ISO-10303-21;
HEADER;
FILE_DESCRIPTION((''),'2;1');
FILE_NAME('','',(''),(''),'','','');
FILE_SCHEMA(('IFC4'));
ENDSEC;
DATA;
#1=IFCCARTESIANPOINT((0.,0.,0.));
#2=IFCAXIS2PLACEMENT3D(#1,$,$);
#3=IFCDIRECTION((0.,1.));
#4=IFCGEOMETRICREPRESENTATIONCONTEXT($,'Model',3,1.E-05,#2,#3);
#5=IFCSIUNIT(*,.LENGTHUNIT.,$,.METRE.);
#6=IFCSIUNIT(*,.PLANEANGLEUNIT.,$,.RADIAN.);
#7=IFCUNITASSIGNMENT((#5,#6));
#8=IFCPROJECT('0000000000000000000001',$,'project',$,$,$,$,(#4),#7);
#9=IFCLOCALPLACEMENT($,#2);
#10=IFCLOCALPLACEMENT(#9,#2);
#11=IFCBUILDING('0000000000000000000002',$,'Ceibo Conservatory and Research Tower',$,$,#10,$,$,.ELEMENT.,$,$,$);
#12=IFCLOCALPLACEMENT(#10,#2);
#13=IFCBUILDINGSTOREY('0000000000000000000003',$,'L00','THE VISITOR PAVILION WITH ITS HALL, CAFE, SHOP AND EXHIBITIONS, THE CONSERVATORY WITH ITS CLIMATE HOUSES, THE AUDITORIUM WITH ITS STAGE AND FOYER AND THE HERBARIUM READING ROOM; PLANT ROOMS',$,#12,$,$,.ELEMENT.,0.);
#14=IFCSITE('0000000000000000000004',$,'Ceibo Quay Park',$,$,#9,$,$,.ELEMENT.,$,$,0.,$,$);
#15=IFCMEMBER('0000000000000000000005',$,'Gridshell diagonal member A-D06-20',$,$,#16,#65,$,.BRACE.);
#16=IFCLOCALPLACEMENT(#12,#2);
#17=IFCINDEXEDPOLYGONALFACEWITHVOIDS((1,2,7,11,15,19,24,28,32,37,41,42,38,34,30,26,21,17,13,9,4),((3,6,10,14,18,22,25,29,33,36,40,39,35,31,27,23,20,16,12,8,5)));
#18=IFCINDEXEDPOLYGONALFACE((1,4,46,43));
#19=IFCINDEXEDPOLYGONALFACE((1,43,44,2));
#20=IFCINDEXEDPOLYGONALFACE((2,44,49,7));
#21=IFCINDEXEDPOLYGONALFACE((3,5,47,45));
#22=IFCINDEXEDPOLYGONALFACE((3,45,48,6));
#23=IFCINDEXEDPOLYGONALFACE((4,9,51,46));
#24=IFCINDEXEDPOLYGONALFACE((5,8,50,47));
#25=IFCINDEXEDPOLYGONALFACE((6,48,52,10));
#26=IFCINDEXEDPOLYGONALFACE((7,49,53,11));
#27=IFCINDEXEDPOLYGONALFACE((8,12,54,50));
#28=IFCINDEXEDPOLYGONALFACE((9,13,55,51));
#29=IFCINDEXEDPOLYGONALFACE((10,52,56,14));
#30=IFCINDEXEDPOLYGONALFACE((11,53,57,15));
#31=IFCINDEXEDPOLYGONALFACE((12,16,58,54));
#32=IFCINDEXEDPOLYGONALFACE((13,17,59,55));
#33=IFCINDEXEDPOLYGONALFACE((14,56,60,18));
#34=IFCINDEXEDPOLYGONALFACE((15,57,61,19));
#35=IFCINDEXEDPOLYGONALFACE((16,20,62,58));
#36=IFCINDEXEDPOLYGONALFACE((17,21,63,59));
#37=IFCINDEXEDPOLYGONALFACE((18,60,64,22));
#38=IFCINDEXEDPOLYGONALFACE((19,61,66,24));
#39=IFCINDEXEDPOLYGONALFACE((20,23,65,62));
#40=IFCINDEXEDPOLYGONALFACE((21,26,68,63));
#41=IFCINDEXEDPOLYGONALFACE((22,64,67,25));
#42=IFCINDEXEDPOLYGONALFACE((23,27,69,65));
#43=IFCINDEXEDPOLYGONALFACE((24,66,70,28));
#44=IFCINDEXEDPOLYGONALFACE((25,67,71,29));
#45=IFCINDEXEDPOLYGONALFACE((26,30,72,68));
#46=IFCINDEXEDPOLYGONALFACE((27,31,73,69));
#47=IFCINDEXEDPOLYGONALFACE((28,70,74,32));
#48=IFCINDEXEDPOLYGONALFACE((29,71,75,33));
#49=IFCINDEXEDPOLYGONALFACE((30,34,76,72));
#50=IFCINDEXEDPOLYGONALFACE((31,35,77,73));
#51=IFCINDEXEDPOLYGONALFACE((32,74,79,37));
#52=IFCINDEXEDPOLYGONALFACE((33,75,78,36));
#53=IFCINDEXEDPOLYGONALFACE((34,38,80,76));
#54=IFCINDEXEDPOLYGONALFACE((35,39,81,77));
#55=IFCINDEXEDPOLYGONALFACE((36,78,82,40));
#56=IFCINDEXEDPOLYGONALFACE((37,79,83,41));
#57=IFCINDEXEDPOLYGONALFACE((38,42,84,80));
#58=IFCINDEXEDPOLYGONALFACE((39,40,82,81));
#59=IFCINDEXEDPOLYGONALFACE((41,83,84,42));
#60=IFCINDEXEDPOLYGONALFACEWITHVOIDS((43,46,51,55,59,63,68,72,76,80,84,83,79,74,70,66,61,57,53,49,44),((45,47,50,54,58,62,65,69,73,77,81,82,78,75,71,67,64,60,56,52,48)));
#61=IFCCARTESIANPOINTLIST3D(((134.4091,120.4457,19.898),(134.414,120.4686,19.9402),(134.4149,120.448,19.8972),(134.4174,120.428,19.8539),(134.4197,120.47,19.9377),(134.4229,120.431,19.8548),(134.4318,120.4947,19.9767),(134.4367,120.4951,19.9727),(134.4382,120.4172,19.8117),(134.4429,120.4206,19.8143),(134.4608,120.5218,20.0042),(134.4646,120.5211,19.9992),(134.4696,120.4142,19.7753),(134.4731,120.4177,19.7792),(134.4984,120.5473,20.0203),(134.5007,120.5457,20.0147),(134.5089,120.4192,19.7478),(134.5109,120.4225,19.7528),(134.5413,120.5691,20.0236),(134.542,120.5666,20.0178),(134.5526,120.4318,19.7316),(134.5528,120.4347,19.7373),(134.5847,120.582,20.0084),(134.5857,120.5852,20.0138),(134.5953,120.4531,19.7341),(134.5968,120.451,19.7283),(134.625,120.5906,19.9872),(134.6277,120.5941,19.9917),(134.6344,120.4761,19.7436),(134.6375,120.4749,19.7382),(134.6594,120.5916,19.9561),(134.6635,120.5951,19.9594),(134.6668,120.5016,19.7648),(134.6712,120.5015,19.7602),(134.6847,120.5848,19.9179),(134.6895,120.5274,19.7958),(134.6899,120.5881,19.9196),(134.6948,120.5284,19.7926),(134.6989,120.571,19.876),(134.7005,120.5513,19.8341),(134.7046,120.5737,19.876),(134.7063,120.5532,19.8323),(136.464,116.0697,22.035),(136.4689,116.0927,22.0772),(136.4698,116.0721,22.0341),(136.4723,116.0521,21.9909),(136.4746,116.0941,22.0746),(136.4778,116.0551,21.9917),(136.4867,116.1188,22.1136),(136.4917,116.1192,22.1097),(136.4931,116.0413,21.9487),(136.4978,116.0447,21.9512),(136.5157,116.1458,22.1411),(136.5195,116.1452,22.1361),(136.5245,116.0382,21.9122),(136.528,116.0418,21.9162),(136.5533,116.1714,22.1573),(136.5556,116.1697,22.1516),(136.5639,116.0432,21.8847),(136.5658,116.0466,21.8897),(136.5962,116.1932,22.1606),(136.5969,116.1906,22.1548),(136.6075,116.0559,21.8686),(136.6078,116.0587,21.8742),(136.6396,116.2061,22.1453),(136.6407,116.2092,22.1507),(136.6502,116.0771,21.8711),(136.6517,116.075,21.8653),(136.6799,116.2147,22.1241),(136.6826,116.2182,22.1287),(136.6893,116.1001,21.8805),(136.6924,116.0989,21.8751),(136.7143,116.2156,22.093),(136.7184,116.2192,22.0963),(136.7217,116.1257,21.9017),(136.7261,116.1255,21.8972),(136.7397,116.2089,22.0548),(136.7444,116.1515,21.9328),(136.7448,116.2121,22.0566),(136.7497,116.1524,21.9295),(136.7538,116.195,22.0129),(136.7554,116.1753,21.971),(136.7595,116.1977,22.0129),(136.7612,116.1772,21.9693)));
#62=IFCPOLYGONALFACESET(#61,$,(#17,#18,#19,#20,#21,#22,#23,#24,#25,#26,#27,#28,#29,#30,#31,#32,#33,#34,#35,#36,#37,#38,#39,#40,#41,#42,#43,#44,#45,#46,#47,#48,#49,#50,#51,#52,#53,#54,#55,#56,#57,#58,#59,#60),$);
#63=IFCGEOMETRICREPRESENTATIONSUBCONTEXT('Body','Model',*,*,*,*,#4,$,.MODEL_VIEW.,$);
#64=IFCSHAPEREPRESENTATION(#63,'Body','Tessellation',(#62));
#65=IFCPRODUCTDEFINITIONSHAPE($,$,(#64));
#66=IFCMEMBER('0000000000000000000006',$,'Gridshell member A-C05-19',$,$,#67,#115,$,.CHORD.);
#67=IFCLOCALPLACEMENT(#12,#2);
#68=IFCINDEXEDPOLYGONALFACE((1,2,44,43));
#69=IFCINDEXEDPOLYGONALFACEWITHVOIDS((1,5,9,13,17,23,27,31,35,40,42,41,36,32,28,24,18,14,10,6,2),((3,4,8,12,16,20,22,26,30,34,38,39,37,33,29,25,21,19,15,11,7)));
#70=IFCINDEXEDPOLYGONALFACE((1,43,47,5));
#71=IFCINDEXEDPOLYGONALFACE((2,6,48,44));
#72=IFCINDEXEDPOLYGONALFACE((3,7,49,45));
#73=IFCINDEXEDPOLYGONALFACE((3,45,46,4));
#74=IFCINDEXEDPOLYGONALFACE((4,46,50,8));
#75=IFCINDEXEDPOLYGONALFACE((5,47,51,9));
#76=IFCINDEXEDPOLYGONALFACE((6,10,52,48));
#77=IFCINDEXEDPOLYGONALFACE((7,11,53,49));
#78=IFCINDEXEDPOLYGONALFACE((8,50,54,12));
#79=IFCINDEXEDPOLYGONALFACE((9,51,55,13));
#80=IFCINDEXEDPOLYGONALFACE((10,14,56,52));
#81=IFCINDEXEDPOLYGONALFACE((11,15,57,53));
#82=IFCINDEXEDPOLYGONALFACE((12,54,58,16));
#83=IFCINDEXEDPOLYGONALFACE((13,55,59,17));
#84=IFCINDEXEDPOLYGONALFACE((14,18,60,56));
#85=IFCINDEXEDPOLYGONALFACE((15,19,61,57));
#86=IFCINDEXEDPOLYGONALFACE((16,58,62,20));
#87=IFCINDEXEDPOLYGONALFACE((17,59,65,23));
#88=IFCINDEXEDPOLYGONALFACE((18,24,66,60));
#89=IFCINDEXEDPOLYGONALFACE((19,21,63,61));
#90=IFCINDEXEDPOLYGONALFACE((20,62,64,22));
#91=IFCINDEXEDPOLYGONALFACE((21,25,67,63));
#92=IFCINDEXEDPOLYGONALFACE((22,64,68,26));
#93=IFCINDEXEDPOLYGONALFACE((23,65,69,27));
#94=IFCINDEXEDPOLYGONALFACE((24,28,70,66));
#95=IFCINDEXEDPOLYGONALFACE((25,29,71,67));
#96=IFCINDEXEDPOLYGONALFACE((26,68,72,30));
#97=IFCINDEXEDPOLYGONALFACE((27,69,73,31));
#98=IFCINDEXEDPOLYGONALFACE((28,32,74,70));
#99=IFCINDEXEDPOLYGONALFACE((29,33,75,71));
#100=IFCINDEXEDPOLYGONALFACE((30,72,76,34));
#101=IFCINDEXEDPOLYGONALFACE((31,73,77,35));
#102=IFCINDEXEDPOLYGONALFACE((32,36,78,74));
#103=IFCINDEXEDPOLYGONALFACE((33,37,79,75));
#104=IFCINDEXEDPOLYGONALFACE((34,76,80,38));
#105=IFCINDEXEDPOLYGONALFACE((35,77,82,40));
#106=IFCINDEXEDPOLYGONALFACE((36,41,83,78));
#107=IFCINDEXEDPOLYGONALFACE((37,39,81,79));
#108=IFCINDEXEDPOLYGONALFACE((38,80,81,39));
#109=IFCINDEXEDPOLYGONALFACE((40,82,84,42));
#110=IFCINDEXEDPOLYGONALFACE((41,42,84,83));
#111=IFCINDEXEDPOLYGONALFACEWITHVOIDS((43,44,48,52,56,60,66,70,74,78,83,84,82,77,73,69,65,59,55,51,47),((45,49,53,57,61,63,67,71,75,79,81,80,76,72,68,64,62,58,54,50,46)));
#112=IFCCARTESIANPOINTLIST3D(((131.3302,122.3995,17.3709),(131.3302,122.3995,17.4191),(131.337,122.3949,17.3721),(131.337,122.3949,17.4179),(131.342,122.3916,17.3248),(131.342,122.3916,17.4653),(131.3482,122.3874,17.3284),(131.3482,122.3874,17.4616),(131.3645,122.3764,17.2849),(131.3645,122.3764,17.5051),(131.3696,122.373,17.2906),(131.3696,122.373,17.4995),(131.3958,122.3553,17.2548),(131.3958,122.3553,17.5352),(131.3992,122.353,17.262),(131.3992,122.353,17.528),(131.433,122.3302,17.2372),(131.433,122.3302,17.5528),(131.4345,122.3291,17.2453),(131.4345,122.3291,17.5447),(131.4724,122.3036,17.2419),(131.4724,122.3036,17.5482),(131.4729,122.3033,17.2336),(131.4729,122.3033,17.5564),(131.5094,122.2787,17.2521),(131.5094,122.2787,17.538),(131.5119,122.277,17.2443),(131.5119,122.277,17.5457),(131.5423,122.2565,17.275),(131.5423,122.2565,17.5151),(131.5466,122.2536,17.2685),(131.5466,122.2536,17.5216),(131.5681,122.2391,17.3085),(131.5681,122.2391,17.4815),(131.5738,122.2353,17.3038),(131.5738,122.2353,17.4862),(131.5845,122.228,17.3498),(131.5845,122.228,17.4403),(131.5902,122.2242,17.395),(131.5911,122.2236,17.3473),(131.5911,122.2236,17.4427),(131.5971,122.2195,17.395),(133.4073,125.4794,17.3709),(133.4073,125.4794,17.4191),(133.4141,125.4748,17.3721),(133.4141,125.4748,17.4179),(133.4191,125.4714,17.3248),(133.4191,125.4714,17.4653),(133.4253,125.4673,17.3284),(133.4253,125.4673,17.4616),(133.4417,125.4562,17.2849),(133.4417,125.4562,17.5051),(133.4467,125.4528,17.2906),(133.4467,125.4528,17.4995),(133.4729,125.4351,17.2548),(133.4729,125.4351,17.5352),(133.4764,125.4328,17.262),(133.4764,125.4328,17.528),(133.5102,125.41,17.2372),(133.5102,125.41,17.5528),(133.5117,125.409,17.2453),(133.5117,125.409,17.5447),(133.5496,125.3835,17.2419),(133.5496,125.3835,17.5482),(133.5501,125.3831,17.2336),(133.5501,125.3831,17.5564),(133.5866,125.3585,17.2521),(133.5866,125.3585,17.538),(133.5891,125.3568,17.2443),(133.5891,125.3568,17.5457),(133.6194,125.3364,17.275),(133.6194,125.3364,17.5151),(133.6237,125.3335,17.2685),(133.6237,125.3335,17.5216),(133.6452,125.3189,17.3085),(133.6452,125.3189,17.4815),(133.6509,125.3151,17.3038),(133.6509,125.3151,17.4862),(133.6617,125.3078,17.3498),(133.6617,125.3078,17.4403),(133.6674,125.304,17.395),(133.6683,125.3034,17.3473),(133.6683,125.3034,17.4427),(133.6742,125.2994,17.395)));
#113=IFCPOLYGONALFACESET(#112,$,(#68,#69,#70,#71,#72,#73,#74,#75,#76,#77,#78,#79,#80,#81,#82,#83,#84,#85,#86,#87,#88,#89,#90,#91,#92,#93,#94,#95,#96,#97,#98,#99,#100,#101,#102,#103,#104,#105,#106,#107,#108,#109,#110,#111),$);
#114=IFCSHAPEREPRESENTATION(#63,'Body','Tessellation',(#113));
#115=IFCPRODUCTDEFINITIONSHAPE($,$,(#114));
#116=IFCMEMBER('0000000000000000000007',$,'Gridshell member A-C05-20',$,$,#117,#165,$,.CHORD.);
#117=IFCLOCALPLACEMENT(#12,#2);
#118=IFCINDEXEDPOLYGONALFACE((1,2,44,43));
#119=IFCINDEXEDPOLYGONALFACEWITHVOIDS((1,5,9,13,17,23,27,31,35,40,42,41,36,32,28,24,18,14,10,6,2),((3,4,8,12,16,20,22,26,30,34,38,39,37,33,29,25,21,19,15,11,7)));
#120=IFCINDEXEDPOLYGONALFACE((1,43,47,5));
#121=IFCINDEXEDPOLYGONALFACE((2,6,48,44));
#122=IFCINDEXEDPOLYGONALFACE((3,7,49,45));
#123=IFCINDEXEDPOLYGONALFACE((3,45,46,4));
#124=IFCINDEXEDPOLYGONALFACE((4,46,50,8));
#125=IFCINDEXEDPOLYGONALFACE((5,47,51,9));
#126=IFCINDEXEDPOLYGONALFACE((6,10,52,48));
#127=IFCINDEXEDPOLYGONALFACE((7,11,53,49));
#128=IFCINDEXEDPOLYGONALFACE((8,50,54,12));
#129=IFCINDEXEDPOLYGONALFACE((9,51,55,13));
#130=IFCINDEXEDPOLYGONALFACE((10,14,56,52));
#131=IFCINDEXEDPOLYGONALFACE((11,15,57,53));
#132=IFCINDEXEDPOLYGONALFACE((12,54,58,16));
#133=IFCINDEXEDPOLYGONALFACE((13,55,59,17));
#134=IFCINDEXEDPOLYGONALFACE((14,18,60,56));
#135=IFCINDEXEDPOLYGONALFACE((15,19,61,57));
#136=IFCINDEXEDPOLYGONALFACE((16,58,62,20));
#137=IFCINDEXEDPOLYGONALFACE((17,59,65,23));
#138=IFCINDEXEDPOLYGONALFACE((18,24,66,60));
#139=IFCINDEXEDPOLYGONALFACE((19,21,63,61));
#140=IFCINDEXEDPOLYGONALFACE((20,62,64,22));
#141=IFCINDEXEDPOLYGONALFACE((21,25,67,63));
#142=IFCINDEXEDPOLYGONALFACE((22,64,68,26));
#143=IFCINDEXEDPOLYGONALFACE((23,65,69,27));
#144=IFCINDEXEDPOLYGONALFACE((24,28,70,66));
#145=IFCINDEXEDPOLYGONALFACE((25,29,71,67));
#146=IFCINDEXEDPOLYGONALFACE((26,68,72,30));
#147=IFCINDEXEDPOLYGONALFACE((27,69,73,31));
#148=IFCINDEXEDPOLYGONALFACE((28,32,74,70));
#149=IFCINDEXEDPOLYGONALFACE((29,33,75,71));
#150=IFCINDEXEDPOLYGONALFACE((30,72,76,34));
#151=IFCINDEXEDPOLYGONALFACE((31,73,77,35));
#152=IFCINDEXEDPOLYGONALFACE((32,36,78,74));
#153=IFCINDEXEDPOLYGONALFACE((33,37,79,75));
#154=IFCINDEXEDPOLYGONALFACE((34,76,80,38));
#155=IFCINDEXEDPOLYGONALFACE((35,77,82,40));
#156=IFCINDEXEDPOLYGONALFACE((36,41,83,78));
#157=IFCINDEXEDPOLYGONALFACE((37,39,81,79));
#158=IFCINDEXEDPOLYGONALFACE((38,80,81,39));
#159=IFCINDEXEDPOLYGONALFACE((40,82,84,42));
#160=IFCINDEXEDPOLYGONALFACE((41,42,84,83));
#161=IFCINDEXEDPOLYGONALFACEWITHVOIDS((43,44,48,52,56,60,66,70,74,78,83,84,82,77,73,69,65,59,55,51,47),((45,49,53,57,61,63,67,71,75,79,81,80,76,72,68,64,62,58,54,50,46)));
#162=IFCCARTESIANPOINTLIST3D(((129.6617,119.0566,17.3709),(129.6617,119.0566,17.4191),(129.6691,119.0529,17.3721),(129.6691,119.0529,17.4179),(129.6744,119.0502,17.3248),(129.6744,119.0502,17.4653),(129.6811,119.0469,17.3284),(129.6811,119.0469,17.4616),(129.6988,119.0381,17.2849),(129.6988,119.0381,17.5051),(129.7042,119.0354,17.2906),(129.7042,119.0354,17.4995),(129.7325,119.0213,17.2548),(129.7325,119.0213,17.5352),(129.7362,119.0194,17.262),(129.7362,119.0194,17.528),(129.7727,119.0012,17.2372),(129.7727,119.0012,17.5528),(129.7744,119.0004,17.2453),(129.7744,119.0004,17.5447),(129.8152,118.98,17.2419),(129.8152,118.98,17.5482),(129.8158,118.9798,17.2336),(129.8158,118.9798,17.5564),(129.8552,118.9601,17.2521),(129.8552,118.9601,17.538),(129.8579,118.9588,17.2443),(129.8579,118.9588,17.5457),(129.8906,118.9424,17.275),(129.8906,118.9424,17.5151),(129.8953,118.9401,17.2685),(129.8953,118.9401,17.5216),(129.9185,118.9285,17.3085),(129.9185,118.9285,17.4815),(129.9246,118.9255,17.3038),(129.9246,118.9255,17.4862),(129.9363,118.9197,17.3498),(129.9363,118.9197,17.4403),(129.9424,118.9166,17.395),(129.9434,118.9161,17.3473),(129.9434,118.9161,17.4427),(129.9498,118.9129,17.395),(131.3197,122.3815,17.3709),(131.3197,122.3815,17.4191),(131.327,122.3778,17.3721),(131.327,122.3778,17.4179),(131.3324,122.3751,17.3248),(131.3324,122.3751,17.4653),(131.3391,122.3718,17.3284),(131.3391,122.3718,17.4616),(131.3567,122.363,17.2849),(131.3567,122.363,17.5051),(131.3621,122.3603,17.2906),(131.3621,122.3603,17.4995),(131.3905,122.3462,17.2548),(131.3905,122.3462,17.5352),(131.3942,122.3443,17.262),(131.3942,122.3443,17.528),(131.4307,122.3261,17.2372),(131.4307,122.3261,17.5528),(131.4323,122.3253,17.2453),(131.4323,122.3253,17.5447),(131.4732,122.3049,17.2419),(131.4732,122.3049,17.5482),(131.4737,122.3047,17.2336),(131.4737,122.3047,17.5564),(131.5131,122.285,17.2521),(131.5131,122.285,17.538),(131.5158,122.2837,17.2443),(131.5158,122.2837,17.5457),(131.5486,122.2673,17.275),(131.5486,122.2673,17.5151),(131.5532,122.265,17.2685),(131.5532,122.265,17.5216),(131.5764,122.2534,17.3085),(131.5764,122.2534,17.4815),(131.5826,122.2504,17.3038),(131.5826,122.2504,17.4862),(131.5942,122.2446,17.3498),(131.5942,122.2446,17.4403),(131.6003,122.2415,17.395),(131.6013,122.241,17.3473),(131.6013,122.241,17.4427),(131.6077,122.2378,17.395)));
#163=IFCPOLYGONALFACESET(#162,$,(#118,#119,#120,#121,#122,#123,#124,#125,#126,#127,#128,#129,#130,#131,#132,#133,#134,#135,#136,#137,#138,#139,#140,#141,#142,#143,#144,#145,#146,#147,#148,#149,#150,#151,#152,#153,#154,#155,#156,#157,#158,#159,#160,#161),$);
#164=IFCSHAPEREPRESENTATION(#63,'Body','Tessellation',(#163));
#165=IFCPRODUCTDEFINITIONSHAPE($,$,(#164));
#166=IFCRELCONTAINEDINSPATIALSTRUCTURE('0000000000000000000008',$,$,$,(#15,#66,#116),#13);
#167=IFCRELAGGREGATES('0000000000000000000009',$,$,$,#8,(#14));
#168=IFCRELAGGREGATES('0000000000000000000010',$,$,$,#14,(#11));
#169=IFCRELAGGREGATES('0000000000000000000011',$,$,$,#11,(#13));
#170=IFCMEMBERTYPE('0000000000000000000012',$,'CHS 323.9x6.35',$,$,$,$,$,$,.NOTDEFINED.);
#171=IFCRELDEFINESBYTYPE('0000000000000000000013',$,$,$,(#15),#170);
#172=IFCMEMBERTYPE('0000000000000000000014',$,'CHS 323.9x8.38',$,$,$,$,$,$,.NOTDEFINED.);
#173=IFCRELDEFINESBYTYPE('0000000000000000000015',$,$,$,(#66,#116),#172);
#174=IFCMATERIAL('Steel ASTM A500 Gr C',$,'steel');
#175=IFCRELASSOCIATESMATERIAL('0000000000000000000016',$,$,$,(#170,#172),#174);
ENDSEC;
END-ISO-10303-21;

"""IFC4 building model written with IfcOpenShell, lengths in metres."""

from ifc_helpers import new_model, si_unit, direction, frame, origin, origin_2d, place, context, subcontext, project, spatial, hollow_circle, extrude, material, material_profile, profile_set, type_object, element, save


model = new_model("IFC4")

# Units and contexts
model_context = context("Model", 3, precision=1e-05, world=origin(), true_north=direction((0.0, 1.0)))
body_context = subcontext(model_context, "Body", "Model", "MODEL_VIEW")
ifc_project = project(units=[si_unit("LENGTHUNIT", "METRE"), si_unit("PLANEANGLEUNIT", "RADIAN")], contexts=[model_context])

# Site, building, storey
site_placement = place(None, origin())
site = spatial("IfcSite", under=ifc_project, at=site_placement, Name="Ceibo Quay Park", CompositionType="ELEMENT", RefElevation=0.0)
building_placement = place(site_placement, origin())
building = spatial("IfcBuilding", under=site, at=building_placement, Name="Ceibo Conservatory and Research Tower", CompositionType="ELEMENT")
storey_placement = place(building_placement, origin())
storey = spatial("IfcBuildingStorey", under=building, at=storey_placement, Name="L00", Description="THE VISITOR PAVILION WITH ITS HALL, CAFE, SHOP AND EXHIBITIONS, THE CONSERVATORY WITH ITS CLIMATE HOUSES, THE AUDITORIUM WITH ITS STAGE AND FOYER AND THE HERBARIUM READING ROOM; PLANT ROOMS", CompositionType="ELEMENT", Elevation=0.0)

# Members
ifc_material_1 = material(Name="Steel ASTM A500 Gr C", Category="steel")
ifc_material_profile_1 = material_profile(ifc_material_1, hollow_circle(Radius=0.1619, WallThickness=0.0063, at=origin_2d()), Name="CHS 323.9x6.35")
ifc_profile_set_1 = profile_set([ifc_material_profile_1], Name="Steel ASTM A500 Gr C")
member_type_1 = type_object("IfcMemberType", Name="CHS 323.9x6.35", PredefinedType="NOTDEFINED", material=ifc_profile_set_1)
member_1_placement = place(storey_placement, frame((134.5581, 120.5049, 19.876), z_axis=(0.388773, -0.827891, 0.404292), x_axis=(0.905165, 0.42506, 0.0)))
element("IfcMember", 1, at=member_1_placement, inside=storey, type_object=member_type_1, Name="Gridshell diagonal member A-D06-20", PredefinedType="BRACE", context=body_context, shape_type="SweptSolid", body=[
    extrude(hollow_circle(Radius=0.1619, WallThickness=0.0063, at=origin_2d()), origin(), (0.0, 0.0, 1.0), 5.2856),
])
ifc_material_profile_2 = material_profile(ifc_material_1, hollow_circle(Radius=0.1619, WallThickness=0.0083, at=origin_2d()), Name="CHS 323.9x8.38")
ifc_profile_set_2 = profile_set([ifc_material_profile_2], Name="Steel ASTM A500 Gr C")
member_type_2 = type_object("IfcMemberType", Name="CHS 323.9x8.38", PredefinedType="NOTDEFINED", material=ifc_profile_set_2)
member_2_placement = place(storey_placement, frame((133.54, 125.3899, 17.395), z_axis=(-0.559151, -0.829066, 0.0), x_axis=(0.829066, -0.559151, 0.0)))
element("IfcMember", 2, at=member_2_placement, inside=storey, type_object=member_type_2, Name="Gridshell member A-C05-19", PredefinedType="CHORD", context=body_context, shape_type="SweptSolid", body=[
    extrude(hollow_circle(Radius=0.1619, WallThickness=0.0083, at=origin_2d()), origin(), (0.0, 0.0, 1.0), 3.7148),
])
member_3_placement = place(storey_placement, frame((131.4629, 122.3101, 17.395), z_axis=(-0.446241, -0.894913, 0.0), x_axis=(0.894913, -0.446241, 0.0)))
element("IfcMember", 3, at=member_3_placement, inside=storey, type_object=member_type_2, Name="Gridshell member A-C05-20", PredefinedType="CHORD", context=body_context, shape_type="SweptSolid", body=[
    extrude(hollow_circle(Radius=0.1619, WallThickness=0.0083, at=origin_2d()), origin(), (0.0, 0.0, 1.0), 3.7153),
])

save(model, "model.ifc")
